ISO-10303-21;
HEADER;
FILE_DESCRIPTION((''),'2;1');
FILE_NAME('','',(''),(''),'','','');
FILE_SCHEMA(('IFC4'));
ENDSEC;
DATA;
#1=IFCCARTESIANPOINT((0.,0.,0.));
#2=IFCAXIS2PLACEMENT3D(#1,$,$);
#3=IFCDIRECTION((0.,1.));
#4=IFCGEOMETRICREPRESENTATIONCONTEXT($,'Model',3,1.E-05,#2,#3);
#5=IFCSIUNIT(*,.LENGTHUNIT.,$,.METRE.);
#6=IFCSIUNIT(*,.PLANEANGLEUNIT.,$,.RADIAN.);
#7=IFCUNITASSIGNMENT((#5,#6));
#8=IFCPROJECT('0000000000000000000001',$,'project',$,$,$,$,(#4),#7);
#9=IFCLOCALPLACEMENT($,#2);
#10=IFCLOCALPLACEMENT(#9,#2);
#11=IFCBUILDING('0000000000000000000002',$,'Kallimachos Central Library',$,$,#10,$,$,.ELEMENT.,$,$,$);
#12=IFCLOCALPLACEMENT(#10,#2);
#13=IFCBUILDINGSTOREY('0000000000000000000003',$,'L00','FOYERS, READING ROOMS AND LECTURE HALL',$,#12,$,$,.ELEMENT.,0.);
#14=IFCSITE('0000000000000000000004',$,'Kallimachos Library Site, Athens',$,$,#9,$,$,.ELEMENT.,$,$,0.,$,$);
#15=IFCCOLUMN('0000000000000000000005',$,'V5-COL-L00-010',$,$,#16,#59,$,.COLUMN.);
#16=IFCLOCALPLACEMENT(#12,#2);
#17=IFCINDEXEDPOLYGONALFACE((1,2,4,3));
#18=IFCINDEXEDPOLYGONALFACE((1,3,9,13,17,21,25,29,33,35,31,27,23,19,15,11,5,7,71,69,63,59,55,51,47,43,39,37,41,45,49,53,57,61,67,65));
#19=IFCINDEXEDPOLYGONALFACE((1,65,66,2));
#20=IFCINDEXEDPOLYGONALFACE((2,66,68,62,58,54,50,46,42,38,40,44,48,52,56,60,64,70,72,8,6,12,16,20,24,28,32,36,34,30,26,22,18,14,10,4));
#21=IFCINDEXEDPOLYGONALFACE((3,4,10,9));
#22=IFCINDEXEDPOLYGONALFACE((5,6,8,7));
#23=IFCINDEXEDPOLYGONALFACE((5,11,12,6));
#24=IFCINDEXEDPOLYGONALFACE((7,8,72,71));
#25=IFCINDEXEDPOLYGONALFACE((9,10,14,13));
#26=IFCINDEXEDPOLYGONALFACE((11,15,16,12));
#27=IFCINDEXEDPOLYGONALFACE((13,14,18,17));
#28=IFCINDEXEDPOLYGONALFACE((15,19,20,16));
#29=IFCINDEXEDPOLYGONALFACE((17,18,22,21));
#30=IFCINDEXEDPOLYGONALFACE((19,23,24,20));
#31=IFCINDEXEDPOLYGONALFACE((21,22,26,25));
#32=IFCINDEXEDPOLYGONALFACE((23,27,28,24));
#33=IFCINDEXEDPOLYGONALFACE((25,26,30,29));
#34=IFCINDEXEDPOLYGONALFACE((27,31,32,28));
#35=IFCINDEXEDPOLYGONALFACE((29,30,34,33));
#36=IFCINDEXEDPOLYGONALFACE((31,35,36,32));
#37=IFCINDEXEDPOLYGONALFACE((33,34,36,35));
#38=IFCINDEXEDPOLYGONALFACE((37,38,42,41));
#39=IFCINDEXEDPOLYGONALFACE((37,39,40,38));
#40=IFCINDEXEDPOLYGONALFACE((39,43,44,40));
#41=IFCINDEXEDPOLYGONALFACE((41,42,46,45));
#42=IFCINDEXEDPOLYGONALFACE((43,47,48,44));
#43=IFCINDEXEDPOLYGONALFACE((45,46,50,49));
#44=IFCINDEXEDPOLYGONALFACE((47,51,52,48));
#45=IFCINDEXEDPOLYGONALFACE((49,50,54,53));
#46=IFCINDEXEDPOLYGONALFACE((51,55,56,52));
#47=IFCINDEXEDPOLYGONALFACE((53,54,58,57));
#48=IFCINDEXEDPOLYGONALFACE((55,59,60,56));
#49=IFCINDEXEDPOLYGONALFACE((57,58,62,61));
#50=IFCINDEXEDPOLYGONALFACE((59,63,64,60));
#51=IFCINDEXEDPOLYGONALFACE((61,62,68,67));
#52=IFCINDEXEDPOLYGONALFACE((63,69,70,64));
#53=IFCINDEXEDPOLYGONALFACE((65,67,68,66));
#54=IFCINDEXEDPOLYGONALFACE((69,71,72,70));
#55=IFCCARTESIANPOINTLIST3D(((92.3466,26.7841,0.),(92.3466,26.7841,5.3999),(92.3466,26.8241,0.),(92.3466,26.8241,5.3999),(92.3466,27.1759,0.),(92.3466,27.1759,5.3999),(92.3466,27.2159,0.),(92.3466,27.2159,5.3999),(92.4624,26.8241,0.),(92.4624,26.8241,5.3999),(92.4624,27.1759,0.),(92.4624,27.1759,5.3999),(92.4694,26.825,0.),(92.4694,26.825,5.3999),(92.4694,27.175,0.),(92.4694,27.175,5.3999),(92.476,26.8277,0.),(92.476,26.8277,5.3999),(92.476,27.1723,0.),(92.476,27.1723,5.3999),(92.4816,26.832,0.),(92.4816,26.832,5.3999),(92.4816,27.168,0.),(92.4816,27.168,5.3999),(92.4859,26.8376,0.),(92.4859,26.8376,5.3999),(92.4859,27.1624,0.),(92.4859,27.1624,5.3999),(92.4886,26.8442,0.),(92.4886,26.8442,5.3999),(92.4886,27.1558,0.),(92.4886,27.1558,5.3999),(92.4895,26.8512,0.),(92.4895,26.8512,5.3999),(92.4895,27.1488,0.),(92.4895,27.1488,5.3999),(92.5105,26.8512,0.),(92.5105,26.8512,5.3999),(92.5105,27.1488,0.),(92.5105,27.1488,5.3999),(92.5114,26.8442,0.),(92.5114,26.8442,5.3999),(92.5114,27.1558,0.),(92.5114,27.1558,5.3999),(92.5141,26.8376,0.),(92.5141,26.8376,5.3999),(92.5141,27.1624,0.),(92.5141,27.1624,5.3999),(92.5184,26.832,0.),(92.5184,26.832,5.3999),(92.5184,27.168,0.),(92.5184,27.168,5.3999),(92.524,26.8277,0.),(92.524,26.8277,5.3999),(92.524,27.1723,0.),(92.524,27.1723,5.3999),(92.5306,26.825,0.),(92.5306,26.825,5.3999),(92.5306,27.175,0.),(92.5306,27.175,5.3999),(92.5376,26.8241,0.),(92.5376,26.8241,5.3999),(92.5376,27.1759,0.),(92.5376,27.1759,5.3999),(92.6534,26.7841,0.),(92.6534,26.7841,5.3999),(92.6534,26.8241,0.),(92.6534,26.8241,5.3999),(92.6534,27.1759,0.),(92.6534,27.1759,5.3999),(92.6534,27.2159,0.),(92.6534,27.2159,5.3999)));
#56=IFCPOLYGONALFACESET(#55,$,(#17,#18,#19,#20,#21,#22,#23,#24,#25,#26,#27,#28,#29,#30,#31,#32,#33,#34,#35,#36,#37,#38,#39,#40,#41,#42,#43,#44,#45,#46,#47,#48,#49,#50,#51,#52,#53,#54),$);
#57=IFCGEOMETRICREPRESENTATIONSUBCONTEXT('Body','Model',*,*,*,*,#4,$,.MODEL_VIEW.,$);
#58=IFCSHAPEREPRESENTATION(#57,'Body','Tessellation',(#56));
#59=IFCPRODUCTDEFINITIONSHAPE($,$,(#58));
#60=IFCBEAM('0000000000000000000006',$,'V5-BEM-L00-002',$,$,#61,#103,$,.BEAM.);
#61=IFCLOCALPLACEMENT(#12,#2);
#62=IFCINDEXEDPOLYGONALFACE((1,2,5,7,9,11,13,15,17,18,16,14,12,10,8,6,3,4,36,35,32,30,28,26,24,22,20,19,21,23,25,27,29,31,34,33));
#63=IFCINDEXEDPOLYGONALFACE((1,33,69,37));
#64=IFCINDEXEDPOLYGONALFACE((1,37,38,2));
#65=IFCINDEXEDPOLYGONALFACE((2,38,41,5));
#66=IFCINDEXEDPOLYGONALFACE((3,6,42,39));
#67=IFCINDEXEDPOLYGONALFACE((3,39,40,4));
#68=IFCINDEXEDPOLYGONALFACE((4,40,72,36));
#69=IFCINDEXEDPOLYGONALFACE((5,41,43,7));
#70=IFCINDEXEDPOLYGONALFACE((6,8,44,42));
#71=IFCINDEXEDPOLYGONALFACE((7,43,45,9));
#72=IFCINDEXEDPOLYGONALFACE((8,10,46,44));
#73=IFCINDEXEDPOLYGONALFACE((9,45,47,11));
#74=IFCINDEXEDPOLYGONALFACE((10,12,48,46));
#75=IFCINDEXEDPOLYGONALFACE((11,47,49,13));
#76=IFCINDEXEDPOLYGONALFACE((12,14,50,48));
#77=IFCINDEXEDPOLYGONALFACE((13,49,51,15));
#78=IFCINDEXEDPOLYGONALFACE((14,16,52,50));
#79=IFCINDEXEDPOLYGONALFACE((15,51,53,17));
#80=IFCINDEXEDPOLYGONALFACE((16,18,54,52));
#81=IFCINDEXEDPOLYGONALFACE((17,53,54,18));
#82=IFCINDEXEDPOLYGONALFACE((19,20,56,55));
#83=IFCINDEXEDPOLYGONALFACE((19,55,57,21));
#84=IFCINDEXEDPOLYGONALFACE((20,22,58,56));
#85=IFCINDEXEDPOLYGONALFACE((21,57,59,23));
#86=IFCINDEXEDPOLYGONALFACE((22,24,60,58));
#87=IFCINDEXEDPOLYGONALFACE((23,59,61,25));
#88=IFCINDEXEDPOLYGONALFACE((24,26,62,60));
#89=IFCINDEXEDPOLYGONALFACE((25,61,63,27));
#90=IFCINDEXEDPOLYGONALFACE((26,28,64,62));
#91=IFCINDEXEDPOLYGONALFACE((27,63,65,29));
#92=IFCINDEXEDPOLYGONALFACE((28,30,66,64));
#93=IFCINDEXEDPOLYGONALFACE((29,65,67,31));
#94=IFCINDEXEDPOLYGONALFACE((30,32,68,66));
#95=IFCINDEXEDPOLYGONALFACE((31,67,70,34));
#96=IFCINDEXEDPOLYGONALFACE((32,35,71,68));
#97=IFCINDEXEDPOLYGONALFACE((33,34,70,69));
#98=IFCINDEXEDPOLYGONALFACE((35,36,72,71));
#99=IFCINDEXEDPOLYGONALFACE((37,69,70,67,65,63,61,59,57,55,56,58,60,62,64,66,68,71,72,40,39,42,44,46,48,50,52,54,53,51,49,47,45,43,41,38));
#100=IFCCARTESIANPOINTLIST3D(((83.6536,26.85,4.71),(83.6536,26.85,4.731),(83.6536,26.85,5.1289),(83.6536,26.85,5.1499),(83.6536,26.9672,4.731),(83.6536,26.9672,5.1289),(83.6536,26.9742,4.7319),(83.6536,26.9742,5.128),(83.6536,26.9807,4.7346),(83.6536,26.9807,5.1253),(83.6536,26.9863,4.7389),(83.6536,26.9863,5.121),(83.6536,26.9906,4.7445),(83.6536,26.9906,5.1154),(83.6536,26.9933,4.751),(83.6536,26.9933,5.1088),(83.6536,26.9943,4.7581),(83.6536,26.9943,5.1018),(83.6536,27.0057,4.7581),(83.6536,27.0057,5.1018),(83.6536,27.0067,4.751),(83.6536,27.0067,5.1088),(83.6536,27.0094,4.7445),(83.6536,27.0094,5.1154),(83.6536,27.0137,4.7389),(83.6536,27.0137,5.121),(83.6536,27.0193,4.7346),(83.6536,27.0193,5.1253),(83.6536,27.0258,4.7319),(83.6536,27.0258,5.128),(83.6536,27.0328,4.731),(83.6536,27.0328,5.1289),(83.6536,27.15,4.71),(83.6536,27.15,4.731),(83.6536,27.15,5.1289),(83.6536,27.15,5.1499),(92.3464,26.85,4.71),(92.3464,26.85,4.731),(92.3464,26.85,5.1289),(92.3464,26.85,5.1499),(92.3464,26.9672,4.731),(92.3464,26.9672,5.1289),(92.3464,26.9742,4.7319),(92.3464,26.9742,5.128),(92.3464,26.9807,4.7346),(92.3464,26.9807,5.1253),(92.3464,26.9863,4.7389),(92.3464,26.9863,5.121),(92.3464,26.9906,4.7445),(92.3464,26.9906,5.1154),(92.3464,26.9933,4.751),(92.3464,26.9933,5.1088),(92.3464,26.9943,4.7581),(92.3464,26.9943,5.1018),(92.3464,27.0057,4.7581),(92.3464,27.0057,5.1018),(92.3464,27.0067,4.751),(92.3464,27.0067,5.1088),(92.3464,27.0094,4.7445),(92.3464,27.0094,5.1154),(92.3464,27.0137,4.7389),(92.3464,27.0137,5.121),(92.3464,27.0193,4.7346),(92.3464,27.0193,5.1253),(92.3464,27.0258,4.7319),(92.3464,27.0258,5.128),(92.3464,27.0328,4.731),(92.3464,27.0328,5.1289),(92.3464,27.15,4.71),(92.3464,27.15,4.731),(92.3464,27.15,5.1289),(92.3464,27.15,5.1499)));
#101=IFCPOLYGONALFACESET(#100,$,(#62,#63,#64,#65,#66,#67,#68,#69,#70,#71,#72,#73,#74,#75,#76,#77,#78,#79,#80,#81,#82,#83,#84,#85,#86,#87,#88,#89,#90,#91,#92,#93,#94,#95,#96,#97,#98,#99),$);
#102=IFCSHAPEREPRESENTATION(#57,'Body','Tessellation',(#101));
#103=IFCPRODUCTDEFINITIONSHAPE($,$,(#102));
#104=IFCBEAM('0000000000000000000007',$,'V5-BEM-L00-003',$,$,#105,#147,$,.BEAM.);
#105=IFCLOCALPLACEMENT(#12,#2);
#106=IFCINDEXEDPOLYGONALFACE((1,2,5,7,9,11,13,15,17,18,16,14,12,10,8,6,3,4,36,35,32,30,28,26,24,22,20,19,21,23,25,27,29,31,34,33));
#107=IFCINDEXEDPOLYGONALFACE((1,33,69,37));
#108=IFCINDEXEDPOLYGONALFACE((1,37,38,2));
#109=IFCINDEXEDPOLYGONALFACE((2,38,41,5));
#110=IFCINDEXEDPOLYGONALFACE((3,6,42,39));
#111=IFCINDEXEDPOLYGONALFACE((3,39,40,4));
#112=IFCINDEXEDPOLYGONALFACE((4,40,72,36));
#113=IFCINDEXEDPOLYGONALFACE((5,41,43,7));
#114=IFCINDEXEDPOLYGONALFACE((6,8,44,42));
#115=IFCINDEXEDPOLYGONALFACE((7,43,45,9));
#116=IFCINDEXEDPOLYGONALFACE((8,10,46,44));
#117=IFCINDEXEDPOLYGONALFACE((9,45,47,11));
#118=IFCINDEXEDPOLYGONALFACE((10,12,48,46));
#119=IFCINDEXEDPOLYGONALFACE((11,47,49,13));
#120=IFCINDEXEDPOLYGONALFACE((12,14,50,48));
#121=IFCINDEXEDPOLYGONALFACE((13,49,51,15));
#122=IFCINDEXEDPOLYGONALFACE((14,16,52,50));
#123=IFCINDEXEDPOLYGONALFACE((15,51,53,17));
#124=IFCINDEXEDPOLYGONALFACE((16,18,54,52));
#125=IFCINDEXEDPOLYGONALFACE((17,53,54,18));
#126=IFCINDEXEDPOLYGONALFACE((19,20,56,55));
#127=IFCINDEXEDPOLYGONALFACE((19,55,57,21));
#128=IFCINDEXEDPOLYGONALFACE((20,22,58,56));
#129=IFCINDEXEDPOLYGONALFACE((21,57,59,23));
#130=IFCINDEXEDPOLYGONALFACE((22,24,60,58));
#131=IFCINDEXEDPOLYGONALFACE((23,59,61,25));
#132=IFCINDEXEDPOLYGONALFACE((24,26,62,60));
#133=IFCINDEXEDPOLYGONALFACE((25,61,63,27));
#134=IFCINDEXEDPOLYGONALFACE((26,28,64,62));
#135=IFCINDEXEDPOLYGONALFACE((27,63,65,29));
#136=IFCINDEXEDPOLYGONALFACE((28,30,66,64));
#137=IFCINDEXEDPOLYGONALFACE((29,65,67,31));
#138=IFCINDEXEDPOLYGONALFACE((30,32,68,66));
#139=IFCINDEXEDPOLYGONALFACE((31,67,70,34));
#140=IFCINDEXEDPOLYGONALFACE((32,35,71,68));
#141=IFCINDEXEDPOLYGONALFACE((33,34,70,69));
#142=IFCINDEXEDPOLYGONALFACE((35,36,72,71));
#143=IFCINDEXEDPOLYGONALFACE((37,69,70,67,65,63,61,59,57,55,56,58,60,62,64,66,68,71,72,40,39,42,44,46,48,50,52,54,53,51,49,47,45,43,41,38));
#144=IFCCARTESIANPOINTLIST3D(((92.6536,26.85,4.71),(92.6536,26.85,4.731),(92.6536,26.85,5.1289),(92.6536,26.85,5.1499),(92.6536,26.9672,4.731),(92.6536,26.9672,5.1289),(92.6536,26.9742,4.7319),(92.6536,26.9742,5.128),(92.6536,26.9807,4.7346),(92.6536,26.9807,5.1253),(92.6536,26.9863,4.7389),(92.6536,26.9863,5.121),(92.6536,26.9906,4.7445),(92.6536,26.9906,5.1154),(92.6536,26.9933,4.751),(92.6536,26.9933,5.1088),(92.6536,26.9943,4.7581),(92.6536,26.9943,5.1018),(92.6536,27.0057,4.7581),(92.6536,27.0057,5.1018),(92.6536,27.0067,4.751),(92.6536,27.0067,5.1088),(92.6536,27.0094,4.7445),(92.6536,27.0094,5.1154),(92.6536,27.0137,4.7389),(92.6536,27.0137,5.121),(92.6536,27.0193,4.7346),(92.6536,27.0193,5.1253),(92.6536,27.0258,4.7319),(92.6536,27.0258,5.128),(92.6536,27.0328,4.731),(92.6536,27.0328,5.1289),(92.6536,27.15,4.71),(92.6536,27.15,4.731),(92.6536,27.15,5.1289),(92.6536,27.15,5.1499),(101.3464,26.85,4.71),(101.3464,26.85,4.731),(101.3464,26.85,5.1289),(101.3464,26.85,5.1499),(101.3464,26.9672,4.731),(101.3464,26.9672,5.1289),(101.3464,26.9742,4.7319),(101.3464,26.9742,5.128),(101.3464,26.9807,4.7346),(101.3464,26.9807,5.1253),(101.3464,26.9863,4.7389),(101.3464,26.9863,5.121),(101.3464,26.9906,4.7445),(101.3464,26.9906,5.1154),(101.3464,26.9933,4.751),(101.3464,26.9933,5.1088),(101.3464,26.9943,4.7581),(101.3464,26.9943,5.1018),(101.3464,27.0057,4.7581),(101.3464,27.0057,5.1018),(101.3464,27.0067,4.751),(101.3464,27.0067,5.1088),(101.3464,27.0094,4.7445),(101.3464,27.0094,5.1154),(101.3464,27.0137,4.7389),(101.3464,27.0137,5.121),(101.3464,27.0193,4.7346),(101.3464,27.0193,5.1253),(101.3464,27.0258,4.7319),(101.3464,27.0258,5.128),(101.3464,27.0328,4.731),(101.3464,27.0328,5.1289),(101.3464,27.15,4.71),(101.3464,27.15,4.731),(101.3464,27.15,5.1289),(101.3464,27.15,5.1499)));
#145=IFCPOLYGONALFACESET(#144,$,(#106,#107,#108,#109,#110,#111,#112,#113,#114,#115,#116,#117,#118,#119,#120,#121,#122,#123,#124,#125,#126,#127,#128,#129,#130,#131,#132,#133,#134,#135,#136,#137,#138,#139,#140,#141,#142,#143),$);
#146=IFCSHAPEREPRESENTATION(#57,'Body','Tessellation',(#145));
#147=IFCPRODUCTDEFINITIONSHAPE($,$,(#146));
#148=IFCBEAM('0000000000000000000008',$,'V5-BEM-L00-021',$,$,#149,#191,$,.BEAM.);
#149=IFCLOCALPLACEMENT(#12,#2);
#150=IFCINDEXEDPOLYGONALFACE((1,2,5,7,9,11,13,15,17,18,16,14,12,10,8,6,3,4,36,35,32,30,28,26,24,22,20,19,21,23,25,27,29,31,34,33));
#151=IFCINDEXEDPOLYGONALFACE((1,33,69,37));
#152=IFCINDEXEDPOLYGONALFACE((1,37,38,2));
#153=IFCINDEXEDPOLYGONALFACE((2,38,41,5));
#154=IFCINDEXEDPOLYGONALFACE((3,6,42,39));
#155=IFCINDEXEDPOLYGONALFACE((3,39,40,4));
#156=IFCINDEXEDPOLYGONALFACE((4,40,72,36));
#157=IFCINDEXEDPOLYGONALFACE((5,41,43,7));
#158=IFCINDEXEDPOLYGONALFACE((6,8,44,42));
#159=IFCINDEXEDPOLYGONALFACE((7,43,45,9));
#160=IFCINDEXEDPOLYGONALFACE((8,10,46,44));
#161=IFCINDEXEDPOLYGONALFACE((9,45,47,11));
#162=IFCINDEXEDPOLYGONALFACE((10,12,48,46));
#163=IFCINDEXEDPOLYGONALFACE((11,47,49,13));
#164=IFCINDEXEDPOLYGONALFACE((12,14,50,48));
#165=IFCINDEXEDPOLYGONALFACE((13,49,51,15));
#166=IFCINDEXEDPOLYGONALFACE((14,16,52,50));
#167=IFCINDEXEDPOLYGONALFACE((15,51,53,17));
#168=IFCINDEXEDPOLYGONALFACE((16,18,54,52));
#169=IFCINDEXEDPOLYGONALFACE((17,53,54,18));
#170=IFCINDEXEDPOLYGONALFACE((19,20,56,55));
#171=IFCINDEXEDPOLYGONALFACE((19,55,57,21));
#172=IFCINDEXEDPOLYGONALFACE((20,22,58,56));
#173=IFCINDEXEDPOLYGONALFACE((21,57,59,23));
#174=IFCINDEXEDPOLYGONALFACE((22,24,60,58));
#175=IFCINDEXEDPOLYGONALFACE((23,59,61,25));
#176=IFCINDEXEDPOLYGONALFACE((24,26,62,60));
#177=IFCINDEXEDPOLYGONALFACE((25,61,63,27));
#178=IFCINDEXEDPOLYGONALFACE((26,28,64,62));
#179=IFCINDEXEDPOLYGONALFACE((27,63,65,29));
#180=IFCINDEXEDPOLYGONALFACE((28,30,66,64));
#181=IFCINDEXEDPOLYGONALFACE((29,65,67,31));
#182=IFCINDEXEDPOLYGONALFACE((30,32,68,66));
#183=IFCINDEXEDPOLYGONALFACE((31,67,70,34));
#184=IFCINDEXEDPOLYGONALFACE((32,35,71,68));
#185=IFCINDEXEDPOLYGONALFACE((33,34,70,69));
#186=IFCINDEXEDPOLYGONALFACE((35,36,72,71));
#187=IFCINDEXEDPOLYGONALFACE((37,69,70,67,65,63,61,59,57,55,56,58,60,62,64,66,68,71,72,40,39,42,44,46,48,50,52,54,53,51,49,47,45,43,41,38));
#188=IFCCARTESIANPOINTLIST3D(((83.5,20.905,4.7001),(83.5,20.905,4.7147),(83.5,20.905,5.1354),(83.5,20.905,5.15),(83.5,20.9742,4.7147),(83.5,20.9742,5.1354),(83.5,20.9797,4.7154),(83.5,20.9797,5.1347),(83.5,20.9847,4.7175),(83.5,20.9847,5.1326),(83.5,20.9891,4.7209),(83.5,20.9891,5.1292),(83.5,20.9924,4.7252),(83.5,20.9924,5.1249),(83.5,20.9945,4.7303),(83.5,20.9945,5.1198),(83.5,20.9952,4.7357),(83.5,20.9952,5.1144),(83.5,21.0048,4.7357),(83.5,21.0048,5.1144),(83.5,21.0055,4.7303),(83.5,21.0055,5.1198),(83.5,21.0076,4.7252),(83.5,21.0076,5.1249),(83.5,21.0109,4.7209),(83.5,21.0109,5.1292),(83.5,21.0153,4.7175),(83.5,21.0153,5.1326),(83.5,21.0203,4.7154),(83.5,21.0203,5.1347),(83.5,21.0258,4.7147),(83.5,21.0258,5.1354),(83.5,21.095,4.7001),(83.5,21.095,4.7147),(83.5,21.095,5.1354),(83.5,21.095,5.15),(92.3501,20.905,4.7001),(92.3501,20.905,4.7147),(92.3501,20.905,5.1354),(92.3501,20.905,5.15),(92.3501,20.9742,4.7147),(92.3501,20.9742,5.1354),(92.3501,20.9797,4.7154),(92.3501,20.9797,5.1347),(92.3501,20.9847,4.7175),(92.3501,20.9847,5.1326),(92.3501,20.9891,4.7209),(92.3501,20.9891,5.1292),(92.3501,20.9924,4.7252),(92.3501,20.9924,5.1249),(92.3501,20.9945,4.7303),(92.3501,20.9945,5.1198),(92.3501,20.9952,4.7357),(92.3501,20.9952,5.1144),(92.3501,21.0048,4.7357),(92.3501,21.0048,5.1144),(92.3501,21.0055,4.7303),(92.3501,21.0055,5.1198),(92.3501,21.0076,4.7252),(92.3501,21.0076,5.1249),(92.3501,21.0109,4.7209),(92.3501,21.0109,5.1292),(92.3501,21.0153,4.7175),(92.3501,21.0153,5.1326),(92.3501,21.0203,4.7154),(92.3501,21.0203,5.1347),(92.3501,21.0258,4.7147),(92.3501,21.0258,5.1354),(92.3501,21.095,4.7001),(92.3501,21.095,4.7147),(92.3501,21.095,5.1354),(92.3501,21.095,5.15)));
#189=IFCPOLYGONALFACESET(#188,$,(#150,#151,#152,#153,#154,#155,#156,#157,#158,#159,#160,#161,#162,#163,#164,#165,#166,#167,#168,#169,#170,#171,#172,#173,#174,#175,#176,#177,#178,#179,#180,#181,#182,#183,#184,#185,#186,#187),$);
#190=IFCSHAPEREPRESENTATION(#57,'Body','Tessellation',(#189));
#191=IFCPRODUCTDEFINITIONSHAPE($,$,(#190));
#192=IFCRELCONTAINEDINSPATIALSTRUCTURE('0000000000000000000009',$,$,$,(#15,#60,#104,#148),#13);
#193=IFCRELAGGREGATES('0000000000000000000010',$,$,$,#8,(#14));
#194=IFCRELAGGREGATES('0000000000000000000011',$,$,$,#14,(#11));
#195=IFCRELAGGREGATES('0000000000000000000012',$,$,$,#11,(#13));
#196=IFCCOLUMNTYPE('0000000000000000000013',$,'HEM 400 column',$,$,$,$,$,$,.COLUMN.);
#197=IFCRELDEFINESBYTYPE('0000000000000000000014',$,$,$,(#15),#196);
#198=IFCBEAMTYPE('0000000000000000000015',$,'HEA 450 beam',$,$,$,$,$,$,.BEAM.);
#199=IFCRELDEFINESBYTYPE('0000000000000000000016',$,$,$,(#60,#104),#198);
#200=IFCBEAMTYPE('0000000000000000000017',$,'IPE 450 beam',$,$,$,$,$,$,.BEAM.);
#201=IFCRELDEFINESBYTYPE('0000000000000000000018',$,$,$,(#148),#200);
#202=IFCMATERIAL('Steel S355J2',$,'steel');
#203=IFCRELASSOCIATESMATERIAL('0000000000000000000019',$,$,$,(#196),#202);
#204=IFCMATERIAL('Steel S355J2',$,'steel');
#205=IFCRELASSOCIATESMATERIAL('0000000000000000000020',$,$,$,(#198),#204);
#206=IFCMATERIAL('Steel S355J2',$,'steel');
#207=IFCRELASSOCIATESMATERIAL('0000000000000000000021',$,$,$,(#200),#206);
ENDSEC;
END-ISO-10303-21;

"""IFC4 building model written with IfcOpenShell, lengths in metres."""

from ifc_helpers import new_model, si_unit, direction, frame, origin, origin_2d, place, context, subcontext, project, spatial, i_section, extrude, material, material_profile, profile_set, type_object, element, save


model = new_model("IFC4")

# Units and contexts
model_context = context("Model", 3, precision=1e-05, world=origin(), true_north=direction((0.0, 1.0)))
body_context = subcontext(model_context, "Body", "Model", "MODEL_VIEW")
ifc_project = project(units=[si_unit("LENGTHUNIT", "METRE"), si_unit("PLANEANGLEUNIT", "RADIAN")], contexts=[model_context])

# Site, building, storey
site_placement = place(None, origin())
site = spatial("IfcSite", under=ifc_project, at=site_placement, Name="Kallimachos Library Site, Athens", CompositionType="ELEMENT", RefElevation=0.0)
building_placement = place(site_placement, origin())
building = spatial("IfcBuilding", under=site, at=building_placement, Name="Kallimachos Central Library", CompositionType="ELEMENT")
storey_placement = place(building_placement, origin())
storey = spatial("IfcBuildingStorey", under=building, at=storey_placement, Name="L00", Description="FOYERS, READING ROOMS AND LECTURE HALL", CompositionType="ELEMENT", Elevation=0.0)

# Column
ifc_material_1 = material(Name="Steel S355J2", Category="steel")
ifc_material_profile_1 = material_profile(ifc_material_1, i_section(OverallWidth=0.3069, OverallDepth=0.4319, WebThickness=0.021, FlangeThickness=0.04, FilletRadius=0.0271, at=origin_2d()), Name="HEM 400")
ifc_profile_set_1 = profile_set([ifc_material_profile_1], Name="Steel S355J2")
column_type = type_object("IfcColumnType", Name="HEM 400 column", PredefinedType="COLUMN", material=ifc_profile_set_1)
for number, where, z_axis, x_axis, name in (
    (1, (92.5, 27.0, 0.0), (0.0, 0.0, 1.0), (1.0, 0.0, 0.0), "V5-COL-L00-010"),
):
    element("IfcColumn", number, at=place(storey_placement, frame(where, z_axis=z_axis, x_axis=x_axis)), inside=storey, type_object=column_type, Name=name, PredefinedType="COLUMN", context=body_context, shape_type="SweptSolid", body=[
        extrude(i_section(OverallWidth=0.3069, OverallDepth=0.4319, WebThickness=0.021, FlangeThickness=0.04, FilletRadius=0.0271, at=origin_2d()), origin(), (0.0, 0.0, 1.0), 5.3999),
    ])

# Beams
ifc_material_2 = material(Name="Steel S355J2", Category="steel")
ifc_material_profile_2 = material_profile(ifc_material_2, i_section(OverallWidth=0.3, OverallDepth=0.4399, WebThickness=0.0115, FlangeThickness=0.021, FilletRadius=0.0271, at=origin_2d()), Name="HEA 450")
ifc_profile_set_2 = profile_set([ifc_material_profile_2], Name="Steel S355J2")
beam_type_1 = type_object("IfcBeamType", Name="HEA 450 beam", PredefinedType="BEAM", material=ifc_profile_set_2)
for number, where, z_axis, x_axis, name in (
    (2, (83.6536, 27.0, 4.9299), (1.0, 0.0, 0.0), (0.0, 1.0, 0.0), "V5-BEM-L00-002"),
    (3, (92.6536, 27.0, 4.9299), (1.0, 0.0, 0.0), (0.0, 1.0, 0.0), "V5-BEM-L00-003"),
):
    element("IfcBeam", number, at=place(storey_placement, frame(where, z_axis=z_axis, x_axis=x_axis)), inside=storey, type_object=beam_type_1, Name=name, PredefinedType="BEAM", context=body_context, shape_type="SweptSolid", body=[
        extrude(i_section(OverallWidth=0.3, OverallDepth=0.4399, WebThickness=0.0115, FlangeThickness=0.021, FilletRadius=0.0271, at=origin_2d()), origin(), (0.0, 0.0, 1.0), 8.6929),
    ])
ifc_material_3 = material(Name="Steel S355J2", Category="steel")
ifc_material_profile_3 = material_profile(ifc_material_3, i_section(OverallWidth=0.1899, OverallDepth=0.45, WebThickness=0.0095, FlangeThickness=0.0146, FilletRadius=0.021, at=origin_2d()), Name="IPE 450")
ifc_profile_set_3 = profile_set([ifc_material_profile_3], Name="Steel S355J2")
beam_type_2 = type_object("IfcBeamType", Name="IPE 450 beam", PredefinedType="BEAM", material=ifc_profile_set_3)
for number, where, z_axis, x_axis, name in (
    (4, (83.5, 21.0, 4.925), (1.0, 0.0, 0.0), (0.0, 1.0, 0.0), "V5-BEM-L00-021"),
):
    element("IfcBeam", number, at=place(storey_placement, frame(where, z_axis=z_axis, x_axis=x_axis)), inside=storey, type_object=beam_type_2, Name=name, PredefinedType="BEAM", context=body_context, shape_type="SweptSolid", body=[
        extrude(i_section(OverallWidth=0.1899, OverallDepth=0.45, WebThickness=0.0095, FlangeThickness=0.0146, FilletRadius=0.021, at=origin_2d()), origin(), (0.0, 0.0, 1.0), 8.8501),
    ])

save(model, "model.ifc")
